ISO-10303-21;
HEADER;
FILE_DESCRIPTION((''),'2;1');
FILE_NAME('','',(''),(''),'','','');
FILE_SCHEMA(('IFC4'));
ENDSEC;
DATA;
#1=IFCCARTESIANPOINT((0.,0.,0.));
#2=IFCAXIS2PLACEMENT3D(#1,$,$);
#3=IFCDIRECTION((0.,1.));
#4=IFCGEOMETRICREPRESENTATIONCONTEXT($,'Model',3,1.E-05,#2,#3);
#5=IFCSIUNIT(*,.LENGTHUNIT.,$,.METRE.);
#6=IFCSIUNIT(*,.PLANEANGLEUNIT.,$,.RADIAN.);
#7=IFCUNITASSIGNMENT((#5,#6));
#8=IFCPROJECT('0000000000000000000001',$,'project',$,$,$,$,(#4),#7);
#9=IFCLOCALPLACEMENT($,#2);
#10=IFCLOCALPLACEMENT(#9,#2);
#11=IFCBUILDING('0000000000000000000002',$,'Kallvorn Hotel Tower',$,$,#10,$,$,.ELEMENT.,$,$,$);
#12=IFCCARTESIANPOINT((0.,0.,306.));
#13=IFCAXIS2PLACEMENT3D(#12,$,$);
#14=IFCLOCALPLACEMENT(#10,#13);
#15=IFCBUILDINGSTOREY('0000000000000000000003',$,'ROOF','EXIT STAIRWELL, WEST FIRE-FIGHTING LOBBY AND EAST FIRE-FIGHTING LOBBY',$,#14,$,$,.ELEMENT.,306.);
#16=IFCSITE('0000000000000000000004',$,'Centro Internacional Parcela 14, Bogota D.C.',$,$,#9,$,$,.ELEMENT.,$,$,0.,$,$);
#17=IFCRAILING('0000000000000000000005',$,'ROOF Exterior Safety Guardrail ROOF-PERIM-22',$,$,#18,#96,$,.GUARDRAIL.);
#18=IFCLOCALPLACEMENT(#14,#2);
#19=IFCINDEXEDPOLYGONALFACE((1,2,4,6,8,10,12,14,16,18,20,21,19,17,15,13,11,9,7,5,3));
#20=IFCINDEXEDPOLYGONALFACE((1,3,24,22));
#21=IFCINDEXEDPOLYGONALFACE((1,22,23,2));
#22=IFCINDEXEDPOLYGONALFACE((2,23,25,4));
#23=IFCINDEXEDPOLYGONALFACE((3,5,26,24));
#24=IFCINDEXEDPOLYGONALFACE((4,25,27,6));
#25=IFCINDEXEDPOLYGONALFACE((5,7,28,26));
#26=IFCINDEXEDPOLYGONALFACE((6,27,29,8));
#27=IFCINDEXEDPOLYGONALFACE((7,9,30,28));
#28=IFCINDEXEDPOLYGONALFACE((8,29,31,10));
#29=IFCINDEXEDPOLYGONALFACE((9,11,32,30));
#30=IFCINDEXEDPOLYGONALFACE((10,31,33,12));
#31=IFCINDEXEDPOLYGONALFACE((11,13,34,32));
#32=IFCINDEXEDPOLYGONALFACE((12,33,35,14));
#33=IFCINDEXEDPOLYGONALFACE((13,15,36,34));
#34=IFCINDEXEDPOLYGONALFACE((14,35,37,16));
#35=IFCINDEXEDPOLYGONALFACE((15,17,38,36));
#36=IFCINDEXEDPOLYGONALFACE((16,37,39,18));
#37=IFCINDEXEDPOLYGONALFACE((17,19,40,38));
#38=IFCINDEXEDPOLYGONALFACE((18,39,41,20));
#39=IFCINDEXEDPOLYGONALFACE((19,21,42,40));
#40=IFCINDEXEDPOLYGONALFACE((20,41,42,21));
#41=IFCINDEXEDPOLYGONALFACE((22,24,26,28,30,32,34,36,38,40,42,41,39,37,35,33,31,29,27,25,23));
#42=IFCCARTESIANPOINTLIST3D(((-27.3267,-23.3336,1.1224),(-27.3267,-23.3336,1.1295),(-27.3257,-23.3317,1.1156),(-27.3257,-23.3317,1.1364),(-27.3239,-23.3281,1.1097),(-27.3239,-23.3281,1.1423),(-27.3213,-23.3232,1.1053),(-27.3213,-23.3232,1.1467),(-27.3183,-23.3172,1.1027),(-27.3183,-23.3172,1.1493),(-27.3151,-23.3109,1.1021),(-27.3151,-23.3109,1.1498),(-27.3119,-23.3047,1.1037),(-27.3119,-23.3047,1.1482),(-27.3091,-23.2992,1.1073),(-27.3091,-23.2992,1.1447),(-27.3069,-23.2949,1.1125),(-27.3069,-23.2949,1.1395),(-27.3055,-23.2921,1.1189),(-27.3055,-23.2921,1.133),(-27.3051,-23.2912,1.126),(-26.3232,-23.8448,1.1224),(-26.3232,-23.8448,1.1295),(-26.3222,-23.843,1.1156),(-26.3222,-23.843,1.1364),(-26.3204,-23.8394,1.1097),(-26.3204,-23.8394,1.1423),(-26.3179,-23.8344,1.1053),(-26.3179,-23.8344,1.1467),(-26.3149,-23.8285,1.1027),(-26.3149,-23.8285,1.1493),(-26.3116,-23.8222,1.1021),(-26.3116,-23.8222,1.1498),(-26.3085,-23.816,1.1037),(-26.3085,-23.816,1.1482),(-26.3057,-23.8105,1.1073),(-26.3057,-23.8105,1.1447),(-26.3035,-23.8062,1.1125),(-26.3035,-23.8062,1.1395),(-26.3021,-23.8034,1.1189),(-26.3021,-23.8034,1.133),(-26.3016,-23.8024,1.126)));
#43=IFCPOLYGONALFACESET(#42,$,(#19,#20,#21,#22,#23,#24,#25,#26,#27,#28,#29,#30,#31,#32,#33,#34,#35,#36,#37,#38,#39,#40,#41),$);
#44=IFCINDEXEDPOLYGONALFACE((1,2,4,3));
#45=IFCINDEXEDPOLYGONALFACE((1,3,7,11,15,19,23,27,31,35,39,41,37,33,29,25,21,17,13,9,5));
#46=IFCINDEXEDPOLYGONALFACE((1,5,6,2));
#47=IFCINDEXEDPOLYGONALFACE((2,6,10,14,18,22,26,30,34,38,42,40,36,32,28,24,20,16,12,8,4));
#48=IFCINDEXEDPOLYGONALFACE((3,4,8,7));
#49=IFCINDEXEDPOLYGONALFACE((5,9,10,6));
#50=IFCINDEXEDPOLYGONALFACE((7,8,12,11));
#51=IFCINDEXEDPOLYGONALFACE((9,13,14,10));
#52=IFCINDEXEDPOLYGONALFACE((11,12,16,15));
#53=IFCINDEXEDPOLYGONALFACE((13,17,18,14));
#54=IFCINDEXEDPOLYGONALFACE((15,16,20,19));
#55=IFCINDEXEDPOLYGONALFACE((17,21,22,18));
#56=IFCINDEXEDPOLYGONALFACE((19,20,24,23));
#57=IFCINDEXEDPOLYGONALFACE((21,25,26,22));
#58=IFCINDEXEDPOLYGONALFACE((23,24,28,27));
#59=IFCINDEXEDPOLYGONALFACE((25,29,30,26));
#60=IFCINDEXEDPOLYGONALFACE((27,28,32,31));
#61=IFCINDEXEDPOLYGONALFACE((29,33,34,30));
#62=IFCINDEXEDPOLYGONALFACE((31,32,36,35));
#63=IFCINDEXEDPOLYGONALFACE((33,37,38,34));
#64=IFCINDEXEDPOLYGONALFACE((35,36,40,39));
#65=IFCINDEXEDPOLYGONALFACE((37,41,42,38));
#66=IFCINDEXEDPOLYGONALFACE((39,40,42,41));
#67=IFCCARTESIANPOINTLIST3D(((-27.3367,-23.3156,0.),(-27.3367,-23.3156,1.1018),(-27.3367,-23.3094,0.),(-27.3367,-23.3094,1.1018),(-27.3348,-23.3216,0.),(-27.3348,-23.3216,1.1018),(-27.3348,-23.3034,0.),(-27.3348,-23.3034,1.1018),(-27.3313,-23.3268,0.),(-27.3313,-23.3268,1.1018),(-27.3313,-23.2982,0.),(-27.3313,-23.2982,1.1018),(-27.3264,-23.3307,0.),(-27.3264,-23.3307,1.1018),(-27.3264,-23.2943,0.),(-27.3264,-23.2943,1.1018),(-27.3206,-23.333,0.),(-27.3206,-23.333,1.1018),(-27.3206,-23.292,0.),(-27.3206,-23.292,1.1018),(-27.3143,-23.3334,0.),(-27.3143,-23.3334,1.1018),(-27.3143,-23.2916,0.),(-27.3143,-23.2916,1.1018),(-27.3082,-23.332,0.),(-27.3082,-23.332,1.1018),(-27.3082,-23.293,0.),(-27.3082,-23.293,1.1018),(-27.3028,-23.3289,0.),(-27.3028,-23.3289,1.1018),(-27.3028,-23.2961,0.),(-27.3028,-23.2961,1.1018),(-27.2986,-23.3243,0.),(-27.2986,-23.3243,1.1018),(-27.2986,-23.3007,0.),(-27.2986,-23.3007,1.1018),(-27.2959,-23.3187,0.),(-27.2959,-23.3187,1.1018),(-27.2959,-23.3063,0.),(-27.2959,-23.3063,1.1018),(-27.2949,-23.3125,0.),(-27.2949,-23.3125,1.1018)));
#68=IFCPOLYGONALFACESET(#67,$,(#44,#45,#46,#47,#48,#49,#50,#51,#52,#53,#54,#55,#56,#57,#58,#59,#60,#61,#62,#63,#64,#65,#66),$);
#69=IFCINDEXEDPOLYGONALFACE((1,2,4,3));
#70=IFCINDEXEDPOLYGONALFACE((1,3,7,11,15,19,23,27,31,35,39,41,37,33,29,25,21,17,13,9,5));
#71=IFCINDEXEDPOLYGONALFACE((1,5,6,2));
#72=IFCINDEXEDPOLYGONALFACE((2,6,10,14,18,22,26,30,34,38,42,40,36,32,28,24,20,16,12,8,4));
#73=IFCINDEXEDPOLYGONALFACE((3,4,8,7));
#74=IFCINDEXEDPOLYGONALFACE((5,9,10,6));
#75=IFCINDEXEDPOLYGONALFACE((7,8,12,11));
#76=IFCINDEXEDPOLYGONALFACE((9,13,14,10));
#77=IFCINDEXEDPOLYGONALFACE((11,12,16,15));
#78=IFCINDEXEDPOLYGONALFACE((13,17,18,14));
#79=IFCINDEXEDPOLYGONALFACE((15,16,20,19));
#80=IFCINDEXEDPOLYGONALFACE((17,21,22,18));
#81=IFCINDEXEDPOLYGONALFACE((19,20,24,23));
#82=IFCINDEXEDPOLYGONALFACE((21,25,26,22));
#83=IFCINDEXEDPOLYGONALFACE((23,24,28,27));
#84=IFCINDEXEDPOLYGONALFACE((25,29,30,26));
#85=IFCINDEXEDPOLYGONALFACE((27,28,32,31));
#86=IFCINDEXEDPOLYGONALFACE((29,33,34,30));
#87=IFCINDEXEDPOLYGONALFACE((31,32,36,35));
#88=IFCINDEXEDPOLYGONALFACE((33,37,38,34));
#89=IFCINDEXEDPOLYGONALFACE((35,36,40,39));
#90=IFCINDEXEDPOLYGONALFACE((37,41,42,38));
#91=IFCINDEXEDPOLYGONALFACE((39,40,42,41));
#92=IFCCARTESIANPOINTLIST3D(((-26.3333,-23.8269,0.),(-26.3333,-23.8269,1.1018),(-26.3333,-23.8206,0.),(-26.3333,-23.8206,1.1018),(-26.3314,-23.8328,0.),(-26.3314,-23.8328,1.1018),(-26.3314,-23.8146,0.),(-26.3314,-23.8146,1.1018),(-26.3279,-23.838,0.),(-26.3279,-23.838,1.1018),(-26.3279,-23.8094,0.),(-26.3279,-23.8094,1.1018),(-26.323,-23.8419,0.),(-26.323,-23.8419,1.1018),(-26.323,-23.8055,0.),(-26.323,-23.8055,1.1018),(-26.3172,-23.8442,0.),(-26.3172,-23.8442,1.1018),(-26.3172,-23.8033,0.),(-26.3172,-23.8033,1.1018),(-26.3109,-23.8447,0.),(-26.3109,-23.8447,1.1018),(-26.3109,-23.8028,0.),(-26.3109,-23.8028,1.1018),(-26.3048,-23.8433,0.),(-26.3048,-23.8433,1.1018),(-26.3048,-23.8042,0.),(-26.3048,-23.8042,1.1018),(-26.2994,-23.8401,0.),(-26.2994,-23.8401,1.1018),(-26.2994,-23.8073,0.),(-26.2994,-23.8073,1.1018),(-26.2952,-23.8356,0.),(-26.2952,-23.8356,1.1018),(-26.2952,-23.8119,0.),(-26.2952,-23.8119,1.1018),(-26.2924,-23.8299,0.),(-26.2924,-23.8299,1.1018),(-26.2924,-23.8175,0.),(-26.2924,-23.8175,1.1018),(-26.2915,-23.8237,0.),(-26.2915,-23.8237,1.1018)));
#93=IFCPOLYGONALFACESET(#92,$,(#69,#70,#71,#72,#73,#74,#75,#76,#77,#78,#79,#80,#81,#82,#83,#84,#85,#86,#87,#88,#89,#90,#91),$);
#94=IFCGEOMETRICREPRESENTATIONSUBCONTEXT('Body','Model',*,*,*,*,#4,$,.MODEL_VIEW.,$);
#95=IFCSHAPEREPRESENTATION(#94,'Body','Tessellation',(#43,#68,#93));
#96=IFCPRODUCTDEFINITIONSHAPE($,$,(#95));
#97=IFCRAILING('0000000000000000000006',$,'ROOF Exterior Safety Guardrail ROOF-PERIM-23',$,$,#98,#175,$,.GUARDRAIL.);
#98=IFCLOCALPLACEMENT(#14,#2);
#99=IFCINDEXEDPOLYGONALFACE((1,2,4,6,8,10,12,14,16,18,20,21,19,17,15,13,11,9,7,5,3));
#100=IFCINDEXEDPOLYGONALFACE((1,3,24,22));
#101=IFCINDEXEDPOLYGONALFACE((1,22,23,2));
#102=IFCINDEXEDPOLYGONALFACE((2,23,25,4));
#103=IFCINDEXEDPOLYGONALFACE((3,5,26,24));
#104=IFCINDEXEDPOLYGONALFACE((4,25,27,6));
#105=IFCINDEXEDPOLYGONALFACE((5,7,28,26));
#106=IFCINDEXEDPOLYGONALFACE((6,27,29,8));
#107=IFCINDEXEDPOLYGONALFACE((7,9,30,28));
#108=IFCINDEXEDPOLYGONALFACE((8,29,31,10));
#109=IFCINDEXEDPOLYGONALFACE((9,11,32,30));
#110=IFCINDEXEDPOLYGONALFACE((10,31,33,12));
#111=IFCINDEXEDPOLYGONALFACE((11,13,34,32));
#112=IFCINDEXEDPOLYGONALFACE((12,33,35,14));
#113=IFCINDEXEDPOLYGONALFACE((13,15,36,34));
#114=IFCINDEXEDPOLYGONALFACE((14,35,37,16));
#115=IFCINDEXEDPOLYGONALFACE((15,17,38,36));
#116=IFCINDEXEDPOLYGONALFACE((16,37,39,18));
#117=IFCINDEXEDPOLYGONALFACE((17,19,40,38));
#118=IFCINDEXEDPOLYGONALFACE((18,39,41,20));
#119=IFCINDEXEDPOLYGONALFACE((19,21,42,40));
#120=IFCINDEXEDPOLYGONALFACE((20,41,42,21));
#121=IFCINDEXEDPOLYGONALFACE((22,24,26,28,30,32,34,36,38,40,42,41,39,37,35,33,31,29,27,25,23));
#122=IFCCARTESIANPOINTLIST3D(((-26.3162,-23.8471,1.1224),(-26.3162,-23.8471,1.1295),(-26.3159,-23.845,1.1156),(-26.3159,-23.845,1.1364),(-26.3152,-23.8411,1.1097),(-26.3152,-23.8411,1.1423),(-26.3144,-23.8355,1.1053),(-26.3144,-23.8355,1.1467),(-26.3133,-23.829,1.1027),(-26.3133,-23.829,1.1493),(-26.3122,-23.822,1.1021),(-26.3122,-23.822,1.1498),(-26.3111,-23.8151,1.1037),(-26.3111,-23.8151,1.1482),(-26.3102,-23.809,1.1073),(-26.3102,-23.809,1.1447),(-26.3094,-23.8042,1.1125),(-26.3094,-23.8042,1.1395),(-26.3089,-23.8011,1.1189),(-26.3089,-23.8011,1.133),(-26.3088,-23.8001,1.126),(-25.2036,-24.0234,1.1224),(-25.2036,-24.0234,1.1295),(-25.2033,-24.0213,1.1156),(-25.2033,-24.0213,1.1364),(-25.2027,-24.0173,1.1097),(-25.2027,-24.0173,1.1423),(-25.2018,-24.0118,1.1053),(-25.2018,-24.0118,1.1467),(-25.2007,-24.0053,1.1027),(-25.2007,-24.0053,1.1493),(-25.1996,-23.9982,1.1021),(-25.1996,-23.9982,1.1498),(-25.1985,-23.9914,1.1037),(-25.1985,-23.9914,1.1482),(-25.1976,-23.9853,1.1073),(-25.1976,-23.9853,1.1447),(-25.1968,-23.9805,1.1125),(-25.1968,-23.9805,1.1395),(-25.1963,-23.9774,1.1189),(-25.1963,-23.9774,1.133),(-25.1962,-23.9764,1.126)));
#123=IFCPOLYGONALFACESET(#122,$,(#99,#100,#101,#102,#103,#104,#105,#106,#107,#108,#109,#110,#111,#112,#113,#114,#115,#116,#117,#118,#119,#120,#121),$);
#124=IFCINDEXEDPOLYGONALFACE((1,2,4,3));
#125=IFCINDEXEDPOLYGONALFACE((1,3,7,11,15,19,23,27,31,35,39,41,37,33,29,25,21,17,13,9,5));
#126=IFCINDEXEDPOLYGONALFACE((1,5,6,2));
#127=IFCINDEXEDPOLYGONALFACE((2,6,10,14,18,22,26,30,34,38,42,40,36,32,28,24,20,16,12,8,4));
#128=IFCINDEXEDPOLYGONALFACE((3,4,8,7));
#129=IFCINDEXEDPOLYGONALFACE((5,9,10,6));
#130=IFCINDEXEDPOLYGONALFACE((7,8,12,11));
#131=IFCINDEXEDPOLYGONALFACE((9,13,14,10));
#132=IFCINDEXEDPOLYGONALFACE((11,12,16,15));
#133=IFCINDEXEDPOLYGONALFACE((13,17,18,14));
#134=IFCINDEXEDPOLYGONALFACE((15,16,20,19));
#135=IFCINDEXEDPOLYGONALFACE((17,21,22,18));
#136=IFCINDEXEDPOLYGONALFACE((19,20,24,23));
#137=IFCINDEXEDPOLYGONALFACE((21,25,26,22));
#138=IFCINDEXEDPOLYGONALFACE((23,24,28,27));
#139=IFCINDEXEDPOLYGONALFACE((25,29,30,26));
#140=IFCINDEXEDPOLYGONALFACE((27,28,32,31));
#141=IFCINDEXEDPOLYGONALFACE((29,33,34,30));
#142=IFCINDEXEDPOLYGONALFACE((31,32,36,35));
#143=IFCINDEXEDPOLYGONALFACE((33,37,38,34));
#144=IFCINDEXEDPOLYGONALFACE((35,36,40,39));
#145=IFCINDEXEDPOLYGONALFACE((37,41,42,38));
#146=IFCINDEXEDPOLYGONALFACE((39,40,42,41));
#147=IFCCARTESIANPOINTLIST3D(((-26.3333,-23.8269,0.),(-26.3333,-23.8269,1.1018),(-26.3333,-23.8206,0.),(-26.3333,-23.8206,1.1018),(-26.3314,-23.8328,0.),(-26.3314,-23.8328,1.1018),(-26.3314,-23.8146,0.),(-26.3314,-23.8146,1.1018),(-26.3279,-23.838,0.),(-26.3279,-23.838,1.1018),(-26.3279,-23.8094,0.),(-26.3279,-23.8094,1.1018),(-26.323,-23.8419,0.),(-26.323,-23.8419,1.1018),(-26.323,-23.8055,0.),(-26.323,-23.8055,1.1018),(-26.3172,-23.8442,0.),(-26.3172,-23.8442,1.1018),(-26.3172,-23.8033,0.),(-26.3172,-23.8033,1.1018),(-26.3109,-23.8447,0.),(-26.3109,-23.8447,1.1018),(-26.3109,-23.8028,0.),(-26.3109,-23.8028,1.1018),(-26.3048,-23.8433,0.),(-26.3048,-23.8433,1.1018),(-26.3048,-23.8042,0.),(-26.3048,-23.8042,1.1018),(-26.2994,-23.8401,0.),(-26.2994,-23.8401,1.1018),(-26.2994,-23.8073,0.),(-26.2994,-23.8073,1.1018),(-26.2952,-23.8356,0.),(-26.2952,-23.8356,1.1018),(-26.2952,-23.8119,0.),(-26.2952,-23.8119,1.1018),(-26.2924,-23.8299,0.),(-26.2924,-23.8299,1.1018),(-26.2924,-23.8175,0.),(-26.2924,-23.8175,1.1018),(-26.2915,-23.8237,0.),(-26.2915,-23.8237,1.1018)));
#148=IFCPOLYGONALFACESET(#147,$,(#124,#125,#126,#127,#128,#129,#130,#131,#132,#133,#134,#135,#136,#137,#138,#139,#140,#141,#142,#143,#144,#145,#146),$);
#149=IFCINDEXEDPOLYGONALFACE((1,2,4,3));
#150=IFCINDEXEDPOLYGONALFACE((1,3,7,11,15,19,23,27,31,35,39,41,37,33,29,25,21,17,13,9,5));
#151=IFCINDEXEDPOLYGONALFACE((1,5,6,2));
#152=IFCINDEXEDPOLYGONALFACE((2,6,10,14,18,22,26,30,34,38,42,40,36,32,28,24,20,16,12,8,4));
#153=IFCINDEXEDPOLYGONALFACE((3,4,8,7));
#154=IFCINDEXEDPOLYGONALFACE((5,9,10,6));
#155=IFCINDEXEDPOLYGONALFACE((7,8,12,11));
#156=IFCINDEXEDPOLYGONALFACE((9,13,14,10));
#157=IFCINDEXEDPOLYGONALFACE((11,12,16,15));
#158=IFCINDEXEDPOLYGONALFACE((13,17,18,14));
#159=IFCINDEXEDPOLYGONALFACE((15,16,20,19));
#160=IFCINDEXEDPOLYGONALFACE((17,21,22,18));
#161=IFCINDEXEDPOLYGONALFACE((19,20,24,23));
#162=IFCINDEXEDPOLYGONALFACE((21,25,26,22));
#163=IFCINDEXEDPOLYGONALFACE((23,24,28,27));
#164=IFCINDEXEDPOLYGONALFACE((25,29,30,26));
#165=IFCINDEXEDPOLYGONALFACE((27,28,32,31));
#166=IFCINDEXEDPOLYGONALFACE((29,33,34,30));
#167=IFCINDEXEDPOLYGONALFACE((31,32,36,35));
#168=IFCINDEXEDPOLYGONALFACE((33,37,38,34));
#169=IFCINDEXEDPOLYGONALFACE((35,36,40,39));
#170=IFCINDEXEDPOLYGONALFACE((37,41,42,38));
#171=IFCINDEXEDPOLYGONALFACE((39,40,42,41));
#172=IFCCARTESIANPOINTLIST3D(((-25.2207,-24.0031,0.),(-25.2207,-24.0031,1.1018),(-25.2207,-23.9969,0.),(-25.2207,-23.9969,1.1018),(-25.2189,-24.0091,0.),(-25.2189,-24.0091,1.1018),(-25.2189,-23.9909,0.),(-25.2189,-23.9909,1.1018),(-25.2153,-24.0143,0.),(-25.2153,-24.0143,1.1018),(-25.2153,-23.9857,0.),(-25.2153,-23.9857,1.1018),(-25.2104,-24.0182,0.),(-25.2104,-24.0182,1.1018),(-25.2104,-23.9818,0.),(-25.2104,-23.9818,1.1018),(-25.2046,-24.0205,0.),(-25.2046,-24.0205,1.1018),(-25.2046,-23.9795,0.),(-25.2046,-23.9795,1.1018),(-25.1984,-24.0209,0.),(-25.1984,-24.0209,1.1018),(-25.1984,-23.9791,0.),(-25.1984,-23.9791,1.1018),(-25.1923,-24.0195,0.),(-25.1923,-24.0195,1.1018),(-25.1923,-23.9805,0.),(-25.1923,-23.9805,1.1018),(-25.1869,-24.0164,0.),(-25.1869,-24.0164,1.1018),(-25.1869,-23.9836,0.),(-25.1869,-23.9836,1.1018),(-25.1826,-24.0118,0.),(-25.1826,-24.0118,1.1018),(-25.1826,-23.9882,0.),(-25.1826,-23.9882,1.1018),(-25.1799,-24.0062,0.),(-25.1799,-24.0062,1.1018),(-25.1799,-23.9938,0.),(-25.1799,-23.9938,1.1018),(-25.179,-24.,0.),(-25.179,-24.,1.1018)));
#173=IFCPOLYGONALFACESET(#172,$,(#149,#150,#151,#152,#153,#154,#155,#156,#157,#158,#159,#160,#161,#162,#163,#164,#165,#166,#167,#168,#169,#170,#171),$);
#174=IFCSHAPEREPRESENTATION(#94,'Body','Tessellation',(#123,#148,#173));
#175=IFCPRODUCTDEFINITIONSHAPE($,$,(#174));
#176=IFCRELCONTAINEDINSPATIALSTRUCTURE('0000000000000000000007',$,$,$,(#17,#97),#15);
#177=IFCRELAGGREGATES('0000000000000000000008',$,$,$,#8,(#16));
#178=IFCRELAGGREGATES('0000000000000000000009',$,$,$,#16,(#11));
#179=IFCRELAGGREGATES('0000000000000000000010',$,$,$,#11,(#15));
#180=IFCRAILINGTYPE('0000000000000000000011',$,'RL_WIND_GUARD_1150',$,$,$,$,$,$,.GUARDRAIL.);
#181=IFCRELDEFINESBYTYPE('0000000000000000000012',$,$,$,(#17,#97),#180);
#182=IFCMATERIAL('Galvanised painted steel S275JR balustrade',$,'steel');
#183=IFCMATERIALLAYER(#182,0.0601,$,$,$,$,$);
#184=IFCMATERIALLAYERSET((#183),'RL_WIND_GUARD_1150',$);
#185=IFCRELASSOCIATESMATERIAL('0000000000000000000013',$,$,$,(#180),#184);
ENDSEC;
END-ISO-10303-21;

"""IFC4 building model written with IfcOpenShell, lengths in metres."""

from ifc_helpers import new_model, si_unit, direction, frame, origin, origin_2d, place, context, subcontext, project, spatial, circle, extrude, material, layer, layer_set, type_object, element, save


model = new_model("IFC4")

# Units and contexts
model_context = context("Model", 3, precision=1e-05, world=origin(), true_north=direction((0.0, 1.0)))
body_context = subcontext(model_context, "Body", "Model", "MODEL_VIEW")
ifc_project = project(units=[si_unit("LENGTHUNIT", "METRE"), si_unit("PLANEANGLEUNIT", "RADIAN")], contexts=[model_context])

# Site, building, storey
site_placement = place(None, origin())
site = spatial("IfcSite", under=ifc_project, at=site_placement, Name="Centro Internacional Parcela 14, Bogota D.C.", CompositionType="ELEMENT", RefElevation=0.0)
building_placement = place(site_placement, origin())
building = spatial("IfcBuilding", under=site, at=building_placement, Name="Kallvorn Hotel Tower", CompositionType="ELEMENT")
storey_placement = place(building_placement, frame((0.0, 0.0, 306.0)))
storey = spatial("IfcBuildingStorey", under=building, at=storey_placement, Name="ROOF", Description="EXIT STAIRWELL, WEST FIRE-FIGHTING LOBBY AND EAST FIRE-FIGHTING LOBBY", CompositionType="ELEMENT", Elevation=306.0)

# Railings
ifc_material_1 = material(Name="Galvanised painted steel S275JR balustrade", Category="steel")
ifc_layer_1 = layer(ifc_material_1, 0.0601)
ifc_layer_set_1 = layer_set([ifc_layer_1], Name="RL_WIND_GUARD_1150")
railing_type = type_object("IfcRailingType", Name="RL_WIND_GUARD_1150", PredefinedType="GUARDRAIL", material=ifc_layer_set_1)
railing_1_placement = place(storey_placement, frame((-27.3159, -23.3125, 0.0)))
element("IfcRailing", 1, at=railing_1_placement, inside=storey, type_object=railing_type, Name="ROOF Exterior Safety Guardrail ROOF-PERIM-22", PredefinedType="GUARDRAIL", context=body_context, shape_type="SweptSolid", body=[
    extrude(circle(Radius=0.0239, at=origin_2d()), frame((0.0, 0.0, 1.126), z_axis=(0.89102, -0.453965, 0.0), x_axis=(0.453965, 0.89102, 0.0)), (0.0, 0.0, 1.0), 1.1262),
    extrude(circle(Radius=0.021, at=origin_2d()), origin(), (0.0, 0.0, 1.0), 1.1018),
    extrude(circle(Radius=0.021, at=origin_2d()), frame((1.0034, -0.5112, 0.0)), (0.0, 0.0, 1.0), 1.1018),
])
railing_2_placement = place(storey_placement, frame((-26.3125, -23.8237, 0.0)))
element("IfcRailing", 2, at=railing_2_placement, inside=storey, type_object=railing_type, Name="ROOF Exterior Safety Guardrail ROOF-PERIM-23", PredefinedType="GUARDRAIL", context=body_context, shape_type="SweptSolid", body=[
    extrude(circle(Radius=0.0239, at=origin_2d()), frame((0.0, 0.0, 1.126), z_axis=(0.98768, -0.156486, 0.0), x_axis=(0.156486, 0.98768, 0.0)), (0.0, 0.0, 1.0), 1.1265),
    extrude(circle(Radius=0.021, at=origin_2d()), origin(), (0.0, 0.0, 1.0), 1.1018),
    extrude(circle(Radius=0.021, at=origin_2d()), frame((1.1125, -0.1763, 0.0)), (0.0, 0.0, 1.0), 1.1018),
])

save(model, "model.ifc")
